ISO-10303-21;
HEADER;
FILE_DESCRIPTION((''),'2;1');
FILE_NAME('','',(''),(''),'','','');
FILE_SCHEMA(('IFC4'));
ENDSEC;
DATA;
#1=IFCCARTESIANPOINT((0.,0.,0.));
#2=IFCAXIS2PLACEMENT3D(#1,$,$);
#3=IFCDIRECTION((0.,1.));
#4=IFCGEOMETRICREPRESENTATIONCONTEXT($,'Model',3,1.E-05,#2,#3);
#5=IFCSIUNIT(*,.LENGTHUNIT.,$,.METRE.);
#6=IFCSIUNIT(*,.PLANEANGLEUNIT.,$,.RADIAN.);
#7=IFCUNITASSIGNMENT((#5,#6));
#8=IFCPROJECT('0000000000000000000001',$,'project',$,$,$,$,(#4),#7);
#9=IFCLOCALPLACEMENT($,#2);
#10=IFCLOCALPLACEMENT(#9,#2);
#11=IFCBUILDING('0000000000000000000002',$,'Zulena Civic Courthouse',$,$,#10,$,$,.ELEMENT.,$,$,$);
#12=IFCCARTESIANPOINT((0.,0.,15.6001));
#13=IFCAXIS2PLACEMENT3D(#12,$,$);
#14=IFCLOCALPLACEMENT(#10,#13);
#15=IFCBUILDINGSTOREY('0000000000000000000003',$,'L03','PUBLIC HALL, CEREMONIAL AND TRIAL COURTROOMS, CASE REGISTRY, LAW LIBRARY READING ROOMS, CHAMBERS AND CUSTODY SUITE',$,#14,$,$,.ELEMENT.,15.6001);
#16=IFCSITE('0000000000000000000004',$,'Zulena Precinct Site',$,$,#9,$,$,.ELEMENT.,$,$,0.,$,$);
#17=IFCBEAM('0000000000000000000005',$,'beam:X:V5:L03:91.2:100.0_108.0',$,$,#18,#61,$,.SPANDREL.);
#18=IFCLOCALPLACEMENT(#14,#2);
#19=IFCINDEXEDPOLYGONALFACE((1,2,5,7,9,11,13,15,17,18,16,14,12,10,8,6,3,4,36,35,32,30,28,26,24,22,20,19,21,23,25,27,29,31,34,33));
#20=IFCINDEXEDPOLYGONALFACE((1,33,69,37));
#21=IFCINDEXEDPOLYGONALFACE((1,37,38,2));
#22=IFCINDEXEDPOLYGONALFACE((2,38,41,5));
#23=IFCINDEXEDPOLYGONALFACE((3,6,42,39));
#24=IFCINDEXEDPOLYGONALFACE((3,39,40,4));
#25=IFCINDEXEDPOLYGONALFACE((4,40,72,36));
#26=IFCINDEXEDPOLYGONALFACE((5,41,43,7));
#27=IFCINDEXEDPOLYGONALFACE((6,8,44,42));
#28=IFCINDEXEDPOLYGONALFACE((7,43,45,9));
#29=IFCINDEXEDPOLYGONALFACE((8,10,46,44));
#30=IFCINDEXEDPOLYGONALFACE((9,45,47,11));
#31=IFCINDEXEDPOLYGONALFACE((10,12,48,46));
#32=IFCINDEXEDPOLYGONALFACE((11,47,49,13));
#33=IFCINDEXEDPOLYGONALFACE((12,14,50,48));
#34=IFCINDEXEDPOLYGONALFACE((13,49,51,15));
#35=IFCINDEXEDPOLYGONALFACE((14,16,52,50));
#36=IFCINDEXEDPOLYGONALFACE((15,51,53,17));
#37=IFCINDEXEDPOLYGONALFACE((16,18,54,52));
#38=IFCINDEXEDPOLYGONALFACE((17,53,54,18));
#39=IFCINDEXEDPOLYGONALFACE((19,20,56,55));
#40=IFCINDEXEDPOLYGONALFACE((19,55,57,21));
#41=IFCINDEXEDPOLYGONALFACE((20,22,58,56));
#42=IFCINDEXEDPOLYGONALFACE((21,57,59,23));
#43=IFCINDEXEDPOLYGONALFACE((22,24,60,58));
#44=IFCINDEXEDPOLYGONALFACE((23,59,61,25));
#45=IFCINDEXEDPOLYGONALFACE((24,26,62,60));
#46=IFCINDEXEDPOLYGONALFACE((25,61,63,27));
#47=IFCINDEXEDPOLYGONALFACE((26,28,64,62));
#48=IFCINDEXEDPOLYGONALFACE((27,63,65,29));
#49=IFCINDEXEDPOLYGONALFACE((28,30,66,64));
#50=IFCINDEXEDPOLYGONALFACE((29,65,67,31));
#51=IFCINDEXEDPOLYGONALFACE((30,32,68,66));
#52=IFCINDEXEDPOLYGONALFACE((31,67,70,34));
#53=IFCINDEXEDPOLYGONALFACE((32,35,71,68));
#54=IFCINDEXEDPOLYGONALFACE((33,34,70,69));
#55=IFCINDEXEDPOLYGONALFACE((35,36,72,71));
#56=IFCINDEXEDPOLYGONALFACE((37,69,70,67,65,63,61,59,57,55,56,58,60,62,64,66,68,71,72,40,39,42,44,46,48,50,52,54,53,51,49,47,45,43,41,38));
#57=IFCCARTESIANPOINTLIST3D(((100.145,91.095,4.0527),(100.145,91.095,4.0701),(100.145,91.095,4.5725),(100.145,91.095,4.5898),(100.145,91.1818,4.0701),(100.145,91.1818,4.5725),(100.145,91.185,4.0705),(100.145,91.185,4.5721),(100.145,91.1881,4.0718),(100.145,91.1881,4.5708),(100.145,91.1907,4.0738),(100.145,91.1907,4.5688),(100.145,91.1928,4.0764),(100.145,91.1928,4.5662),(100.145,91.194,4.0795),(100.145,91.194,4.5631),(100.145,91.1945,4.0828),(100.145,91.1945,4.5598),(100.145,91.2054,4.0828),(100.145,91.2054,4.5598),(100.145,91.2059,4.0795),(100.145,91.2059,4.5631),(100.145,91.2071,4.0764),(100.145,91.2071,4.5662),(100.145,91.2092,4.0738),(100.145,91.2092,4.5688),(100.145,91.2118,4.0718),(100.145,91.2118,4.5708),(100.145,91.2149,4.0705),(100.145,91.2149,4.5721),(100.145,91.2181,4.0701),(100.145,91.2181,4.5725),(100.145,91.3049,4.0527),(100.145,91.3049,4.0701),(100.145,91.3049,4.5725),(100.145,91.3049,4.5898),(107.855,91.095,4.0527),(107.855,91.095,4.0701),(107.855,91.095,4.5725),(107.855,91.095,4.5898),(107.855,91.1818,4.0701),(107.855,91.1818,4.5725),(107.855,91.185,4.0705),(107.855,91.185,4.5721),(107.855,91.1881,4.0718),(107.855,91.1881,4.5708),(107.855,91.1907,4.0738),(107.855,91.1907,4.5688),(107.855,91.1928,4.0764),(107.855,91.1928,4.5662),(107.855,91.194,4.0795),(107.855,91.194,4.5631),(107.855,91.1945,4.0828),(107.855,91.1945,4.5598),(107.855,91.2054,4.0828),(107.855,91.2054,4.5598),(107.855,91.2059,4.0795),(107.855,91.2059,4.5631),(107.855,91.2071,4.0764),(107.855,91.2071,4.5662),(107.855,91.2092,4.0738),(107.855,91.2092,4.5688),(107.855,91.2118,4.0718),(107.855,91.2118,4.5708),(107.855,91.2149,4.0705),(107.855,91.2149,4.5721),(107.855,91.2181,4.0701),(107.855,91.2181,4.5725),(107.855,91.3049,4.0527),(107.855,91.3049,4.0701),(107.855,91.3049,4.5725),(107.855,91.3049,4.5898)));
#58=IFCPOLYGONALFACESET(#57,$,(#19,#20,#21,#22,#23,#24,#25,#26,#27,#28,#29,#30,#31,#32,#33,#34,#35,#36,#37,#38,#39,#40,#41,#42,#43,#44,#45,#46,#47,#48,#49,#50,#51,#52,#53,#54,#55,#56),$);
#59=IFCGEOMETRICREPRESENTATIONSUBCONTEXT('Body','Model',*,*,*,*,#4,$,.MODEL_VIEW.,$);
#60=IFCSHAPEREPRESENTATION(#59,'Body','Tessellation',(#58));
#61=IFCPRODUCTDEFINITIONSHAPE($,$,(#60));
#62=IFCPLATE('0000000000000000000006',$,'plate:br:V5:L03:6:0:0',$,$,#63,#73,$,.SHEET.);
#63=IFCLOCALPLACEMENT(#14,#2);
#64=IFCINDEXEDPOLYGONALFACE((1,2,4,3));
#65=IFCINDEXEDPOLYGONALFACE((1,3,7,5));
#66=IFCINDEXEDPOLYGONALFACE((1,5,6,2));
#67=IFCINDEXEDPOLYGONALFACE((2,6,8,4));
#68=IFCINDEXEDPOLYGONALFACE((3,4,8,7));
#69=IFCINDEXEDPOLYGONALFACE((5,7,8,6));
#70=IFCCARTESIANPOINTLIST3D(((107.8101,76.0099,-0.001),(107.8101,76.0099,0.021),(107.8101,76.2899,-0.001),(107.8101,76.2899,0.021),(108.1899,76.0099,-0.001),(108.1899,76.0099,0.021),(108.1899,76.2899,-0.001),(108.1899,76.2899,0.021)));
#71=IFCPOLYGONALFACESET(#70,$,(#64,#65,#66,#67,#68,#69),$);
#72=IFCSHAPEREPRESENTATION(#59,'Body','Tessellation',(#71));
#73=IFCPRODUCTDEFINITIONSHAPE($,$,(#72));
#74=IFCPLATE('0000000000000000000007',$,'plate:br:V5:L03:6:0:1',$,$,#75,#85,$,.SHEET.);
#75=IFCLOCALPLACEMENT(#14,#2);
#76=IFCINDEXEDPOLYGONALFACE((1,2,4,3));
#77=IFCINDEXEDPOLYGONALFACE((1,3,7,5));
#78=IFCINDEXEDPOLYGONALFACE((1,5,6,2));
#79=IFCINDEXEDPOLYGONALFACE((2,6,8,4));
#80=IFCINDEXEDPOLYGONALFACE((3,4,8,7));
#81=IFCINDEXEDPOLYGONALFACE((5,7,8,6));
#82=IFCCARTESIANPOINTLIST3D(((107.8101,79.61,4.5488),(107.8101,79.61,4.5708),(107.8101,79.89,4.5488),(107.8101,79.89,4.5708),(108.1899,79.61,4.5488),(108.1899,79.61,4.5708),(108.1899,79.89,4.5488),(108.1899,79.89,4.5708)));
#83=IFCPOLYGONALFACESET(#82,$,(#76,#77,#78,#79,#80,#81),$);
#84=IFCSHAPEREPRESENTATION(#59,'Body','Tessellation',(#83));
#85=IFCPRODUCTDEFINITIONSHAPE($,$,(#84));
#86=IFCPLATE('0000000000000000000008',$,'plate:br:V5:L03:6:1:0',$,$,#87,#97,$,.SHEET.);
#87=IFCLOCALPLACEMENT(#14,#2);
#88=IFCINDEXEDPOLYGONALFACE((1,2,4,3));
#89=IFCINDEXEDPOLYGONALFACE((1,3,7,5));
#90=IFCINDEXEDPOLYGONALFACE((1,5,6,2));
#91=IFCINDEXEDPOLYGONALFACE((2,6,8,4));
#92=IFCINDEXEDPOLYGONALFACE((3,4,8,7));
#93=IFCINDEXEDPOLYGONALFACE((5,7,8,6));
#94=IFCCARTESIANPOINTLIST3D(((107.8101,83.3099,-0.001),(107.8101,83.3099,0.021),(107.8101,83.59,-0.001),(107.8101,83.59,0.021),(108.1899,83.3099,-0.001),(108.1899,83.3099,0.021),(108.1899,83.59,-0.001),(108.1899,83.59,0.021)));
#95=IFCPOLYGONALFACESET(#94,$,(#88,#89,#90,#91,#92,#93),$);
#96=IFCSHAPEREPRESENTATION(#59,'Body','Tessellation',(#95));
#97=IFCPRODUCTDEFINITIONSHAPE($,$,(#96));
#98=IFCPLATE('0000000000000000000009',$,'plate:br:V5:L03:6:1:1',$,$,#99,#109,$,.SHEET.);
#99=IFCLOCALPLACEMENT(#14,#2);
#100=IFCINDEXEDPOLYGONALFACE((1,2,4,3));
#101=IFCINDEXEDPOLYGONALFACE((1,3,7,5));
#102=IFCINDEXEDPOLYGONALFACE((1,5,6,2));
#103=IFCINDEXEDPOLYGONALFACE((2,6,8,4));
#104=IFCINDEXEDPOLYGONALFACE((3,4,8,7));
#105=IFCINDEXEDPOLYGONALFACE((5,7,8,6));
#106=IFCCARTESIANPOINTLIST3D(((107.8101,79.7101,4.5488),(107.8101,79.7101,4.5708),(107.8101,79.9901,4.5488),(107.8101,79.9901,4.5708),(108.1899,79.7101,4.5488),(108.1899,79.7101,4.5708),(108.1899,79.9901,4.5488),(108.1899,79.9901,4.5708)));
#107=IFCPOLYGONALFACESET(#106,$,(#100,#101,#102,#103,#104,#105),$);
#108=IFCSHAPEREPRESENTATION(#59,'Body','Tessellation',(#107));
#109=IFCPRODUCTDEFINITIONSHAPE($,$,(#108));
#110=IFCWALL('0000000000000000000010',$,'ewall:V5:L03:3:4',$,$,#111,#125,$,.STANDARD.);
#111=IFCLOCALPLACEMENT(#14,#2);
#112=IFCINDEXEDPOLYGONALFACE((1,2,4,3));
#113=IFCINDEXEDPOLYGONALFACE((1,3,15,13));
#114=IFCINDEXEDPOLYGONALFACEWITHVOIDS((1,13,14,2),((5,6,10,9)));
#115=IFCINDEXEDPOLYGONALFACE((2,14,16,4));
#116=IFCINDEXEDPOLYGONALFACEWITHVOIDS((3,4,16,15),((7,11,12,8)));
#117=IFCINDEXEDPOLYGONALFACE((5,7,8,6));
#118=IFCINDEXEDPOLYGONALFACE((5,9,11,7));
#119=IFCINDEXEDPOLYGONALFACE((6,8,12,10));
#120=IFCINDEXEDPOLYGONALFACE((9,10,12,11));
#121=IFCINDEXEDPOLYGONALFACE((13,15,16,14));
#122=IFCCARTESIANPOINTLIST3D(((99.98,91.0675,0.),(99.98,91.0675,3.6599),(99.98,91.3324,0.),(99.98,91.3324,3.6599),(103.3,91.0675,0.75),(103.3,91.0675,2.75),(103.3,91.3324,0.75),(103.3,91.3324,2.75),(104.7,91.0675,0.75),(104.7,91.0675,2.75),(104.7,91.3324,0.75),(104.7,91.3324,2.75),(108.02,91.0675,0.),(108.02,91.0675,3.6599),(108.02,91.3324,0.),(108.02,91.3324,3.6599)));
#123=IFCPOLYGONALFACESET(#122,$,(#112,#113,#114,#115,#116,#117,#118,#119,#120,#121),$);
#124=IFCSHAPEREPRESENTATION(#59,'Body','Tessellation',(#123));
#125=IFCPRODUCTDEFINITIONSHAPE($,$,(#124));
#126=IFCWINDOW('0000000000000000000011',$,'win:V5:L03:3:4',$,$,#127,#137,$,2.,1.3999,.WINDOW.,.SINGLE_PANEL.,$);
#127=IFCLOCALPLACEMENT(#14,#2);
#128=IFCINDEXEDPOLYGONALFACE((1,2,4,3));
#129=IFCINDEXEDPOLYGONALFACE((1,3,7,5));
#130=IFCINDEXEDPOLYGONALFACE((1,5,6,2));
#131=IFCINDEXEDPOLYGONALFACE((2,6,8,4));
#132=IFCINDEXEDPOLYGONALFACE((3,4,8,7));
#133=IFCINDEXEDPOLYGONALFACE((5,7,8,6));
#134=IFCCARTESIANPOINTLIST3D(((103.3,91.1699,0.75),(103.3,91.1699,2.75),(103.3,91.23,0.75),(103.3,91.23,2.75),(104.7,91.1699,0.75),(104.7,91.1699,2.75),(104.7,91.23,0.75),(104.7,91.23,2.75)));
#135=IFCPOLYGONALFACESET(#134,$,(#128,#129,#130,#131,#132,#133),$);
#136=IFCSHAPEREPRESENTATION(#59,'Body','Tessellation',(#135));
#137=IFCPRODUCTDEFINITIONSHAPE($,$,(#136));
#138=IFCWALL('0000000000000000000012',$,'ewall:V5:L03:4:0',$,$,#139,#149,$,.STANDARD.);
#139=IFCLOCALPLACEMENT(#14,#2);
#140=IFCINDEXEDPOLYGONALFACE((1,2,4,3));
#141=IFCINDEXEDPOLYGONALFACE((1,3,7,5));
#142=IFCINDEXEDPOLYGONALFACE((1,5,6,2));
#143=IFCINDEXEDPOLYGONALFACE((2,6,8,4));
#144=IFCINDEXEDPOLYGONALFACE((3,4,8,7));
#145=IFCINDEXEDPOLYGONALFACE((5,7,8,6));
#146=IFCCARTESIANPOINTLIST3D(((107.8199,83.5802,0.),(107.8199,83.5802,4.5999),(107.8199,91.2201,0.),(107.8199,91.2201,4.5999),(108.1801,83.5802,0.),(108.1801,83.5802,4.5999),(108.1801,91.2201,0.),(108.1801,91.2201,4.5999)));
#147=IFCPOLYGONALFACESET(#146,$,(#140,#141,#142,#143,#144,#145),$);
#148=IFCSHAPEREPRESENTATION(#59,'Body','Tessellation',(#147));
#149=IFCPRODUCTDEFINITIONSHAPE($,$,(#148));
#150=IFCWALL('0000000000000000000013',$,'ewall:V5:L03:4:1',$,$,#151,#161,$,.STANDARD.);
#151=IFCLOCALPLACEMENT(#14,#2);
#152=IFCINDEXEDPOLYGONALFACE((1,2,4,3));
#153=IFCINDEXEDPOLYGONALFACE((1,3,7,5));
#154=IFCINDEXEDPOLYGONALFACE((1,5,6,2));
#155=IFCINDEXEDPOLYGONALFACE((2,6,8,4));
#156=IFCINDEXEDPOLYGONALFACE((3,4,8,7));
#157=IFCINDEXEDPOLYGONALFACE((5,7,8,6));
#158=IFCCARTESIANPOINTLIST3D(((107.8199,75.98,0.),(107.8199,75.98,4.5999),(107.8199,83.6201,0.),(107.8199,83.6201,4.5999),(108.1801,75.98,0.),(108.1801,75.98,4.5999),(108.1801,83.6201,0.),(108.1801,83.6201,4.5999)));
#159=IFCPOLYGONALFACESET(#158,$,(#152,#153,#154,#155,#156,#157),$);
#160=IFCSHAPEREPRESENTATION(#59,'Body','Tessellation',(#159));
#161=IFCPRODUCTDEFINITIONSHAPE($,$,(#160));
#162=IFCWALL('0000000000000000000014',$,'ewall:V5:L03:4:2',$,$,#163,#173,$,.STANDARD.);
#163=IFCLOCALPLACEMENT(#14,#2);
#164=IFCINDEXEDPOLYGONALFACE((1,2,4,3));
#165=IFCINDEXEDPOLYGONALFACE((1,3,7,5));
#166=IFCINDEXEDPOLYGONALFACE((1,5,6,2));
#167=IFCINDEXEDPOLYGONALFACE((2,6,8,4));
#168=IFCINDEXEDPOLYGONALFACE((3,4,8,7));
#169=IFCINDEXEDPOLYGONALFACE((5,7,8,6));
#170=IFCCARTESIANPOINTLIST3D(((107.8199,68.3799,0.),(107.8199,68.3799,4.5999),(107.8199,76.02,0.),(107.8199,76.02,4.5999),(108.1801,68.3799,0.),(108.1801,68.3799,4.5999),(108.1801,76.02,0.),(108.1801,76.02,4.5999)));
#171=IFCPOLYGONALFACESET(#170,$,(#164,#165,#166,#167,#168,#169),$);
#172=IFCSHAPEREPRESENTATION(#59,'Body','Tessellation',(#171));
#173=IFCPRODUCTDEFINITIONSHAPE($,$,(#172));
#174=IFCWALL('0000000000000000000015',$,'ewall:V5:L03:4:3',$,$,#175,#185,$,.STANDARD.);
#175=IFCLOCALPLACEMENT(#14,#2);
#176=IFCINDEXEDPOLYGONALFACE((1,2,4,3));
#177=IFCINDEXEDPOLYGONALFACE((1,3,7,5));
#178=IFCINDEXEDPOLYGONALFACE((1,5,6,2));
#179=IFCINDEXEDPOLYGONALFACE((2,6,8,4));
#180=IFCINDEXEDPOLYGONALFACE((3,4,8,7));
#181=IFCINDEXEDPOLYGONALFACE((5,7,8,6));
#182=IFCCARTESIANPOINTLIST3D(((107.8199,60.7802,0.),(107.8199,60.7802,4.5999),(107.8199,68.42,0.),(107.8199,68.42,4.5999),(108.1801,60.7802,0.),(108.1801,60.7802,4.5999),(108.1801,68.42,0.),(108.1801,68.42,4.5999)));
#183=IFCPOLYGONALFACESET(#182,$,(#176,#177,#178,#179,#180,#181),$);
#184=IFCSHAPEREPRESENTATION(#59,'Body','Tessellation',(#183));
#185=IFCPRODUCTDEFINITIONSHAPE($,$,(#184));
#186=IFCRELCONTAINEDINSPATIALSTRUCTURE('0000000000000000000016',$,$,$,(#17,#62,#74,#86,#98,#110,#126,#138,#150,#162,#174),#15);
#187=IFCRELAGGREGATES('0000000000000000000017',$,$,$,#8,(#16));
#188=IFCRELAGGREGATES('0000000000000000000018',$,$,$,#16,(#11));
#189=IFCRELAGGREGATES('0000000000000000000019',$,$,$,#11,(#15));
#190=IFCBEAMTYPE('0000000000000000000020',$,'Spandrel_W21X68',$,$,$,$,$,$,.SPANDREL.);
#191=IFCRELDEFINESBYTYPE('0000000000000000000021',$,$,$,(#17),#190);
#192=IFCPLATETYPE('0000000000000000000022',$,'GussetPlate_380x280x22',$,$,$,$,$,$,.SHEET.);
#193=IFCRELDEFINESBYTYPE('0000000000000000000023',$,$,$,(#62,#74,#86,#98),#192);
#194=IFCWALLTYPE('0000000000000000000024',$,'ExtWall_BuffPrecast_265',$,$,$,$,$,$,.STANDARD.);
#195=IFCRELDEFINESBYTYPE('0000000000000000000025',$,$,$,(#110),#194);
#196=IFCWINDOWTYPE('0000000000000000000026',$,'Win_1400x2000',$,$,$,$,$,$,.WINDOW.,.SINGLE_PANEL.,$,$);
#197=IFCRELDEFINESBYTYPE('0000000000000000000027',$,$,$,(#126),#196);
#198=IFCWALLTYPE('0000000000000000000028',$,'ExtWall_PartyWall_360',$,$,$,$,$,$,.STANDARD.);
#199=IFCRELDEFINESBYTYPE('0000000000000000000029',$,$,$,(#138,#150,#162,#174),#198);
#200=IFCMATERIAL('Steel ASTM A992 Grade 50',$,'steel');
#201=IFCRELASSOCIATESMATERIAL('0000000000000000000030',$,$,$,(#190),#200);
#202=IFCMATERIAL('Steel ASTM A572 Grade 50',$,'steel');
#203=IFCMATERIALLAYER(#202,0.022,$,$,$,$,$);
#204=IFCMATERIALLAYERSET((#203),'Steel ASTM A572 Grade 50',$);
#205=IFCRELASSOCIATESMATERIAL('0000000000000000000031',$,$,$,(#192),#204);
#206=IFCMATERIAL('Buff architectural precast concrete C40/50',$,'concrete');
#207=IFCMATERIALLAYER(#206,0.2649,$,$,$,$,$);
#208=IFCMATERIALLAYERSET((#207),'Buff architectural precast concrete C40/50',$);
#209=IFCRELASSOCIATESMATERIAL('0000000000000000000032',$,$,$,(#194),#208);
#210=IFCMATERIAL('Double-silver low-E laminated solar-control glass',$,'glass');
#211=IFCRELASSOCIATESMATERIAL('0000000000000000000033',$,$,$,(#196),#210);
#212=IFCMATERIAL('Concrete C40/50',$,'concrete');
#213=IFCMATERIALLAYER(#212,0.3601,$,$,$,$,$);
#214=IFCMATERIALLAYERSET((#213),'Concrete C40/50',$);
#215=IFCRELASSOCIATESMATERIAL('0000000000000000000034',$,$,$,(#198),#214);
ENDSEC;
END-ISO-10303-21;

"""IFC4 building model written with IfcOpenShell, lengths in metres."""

from ifc_helpers import new_model, si_unit, direction, frame, frame_2d, origin, origin_2d, place, context, subcontext, project, spatial, rectangle, i_section, extrude, material, layer, layer_set, material_profile, profile_set, type_object, element, fill, save


model = new_model("IFC4")

# Units and contexts
model_context = context("Model", 3, precision=1e-05, world=origin(), true_north=direction((0.0, 1.0)))
body_context = subcontext(model_context, "Body", "Model", "MODEL_VIEW")
ifc_project = project(units=[si_unit("LENGTHUNIT", "METRE"), si_unit("PLANEANGLEUNIT", "RADIAN")], contexts=[model_context])

# Site, building, storey
site_placement = place(None, origin())
site = spatial("IfcSite", under=ifc_project, at=site_placement, Name="Zulena Precinct Site", CompositionType="ELEMENT", RefElevation=0.0)
building_placement = place(site_placement, origin())
building = spatial("IfcBuilding", under=site, at=building_placement, Name="Zulena Civic Courthouse", CompositionType="ELEMENT")
storey_placement = place(building_placement, frame((0.0, 0.0, 15.6001)))
storey = spatial("IfcBuildingStorey", under=building, at=storey_placement, Name="L03", Description="PUBLIC HALL, CEREMONIAL AND TRIAL COURTROOMS, CASE REGISTRY, LAW LIBRARY READING ROOMS, CHAMBERS AND CUSTODY SUITE", CompositionType="ELEMENT", Elevation=15.6001)

# Shared definitions
ifc_material_1 = material(Name="Steel ASTM A992 Grade 50", Category="steel")

# Beam
ifc_material_profile_1 = material_profile(ifc_material_1, i_section(OverallWidth=0.21, OverallDepth=0.5371, WebThickness=0.011, FlangeThickness=0.0173, FilletRadius=0.0127, at=origin_2d()), Name="W21X68")
ifc_profile_set_1 = profile_set([ifc_material_profile_1], Name="Steel ASTM A992 Grade 50")
beam_type_1 = type_object("IfcBeamType", Name="Spandrel_W21X68", PredefinedType="SPANDREL", material=ifc_profile_set_1)
for number, where, z_axis, x_axis, name in (
    (1, (100.145, 91.2, 4.3213), (1.0, 0.0, 0.0), (0.0, 1.0, 0.0), "beam:X:V5:L03:91.2:100.0_108.0"),
):
    element("IfcBeam", number, at=place(storey_placement, frame(where, z_axis=z_axis, x_axis=x_axis)), inside=storey, type_object=beam_type_1, Name=name, PredefinedType="SPANDREL", context=body_context, shape_type="SweptSolid", body=[
        extrude(i_section(OverallWidth=0.21, OverallDepth=0.5371, WebThickness=0.011, FlangeThickness=0.0173, FilletRadius=0.0127, at=origin_2d()), origin(), (0.0, 0.0, 1.0), 7.71),
    ])

# Plates
ifc_material_2 = material(Name="Steel ASTM A572 Grade 50", Category="steel")
ifc_layer_1 = layer(ifc_material_2, 0.022)
ifc_layer_set_1 = layer_set([ifc_layer_1], Name="Steel ASTM A572 Grade 50")
plate_type = type_object("IfcPlateType", Name="GussetPlate_380x280x22", PredefinedType="SHEET", material=ifc_layer_set_1)
for number, where, z_axis, x_axis, name in (
    (2, (108.0, 76.1499, -0.001), (0.0, 0.0, 1.0), (1.0, 0.0, 0.0), "plate:br:V5:L03:6:0:0"),
    (3, (108.0, 79.75, 4.5488), (0.0, 0.0, 1.0), (1.0, 0.0, 0.0), "plate:br:V5:L03:6:0:1"),
    (4, (108.0, 83.45, -0.001), (0.0, 0.0, 1.0), (1.0, 0.0, 0.0), "plate:br:V5:L03:6:1:0"),
    (5, (108.0, 79.8501, 4.5488), (0.0, 0.0, 1.0), (1.0, 0.0, 0.0), "plate:br:V5:L03:6:1:1"),
):
    element("IfcPlate", number, at=place(storey_placement, frame(where, z_axis=z_axis, x_axis=x_axis)), inside=storey, type_object=plate_type, Name=name, PredefinedType="SHEET", context=body_context, shape_type="SweptSolid", body=[
        extrude(rectangle(XDim=0.3799, YDim=0.28, at=origin_2d()), origin(), (0.0, 0.0, 1.0), 0.022),
    ])

# Wall, opening, window
ifc_material_3 = material(Name="Buff architectural precast concrete C40/50", Category="concrete")
ifc_layer_2 = layer(ifc_material_3, 0.2649)
ifc_layer_set_2 = layer_set([ifc_layer_2], Name="Buff architectural precast concrete C40/50")
wall_type_1 = type_object("IfcWallType", Name="ExtWall_BuffPrecast_265", PredefinedType="STANDARD", material=ifc_layer_set_2)
wall_1_placement = place(storey_placement, frame((99.98, 91.2, 0.0), z_axis=(0.0, 0.0, 1.0), x_axis=(1.0, 0.0, 0.0)))
wall_1 = element("IfcWall", 6, at=wall_1_placement, inside=storey, type_object=wall_type_1, Name="ewall:V5:L03:3:4", PredefinedType="STANDARD", context=body_context, shape_type="SweptSolid", body=[
    extrude(rectangle(XDim=8.04, YDim=0.2649, at=frame_2d((4.02, 0.0))), origin(), (0.0, 0.0, 1.0), 3.6599),
])
opening_placement = place(wall_1_placement, frame((3.3201, 0.0, 0.75)))
opening = element("IfcOpeningElement", 7, at=opening_placement, cuts=wall_1, PredefinedType="OPENING", context=body_context, shape_type="SweptSolid", body=[
    extrude(rectangle(XDim=1.3999, YDim=2.0, at=frame_2d((0.7, 1.0))), frame((0.0, 0.1423, 0.0), z_axis=(0.0, -1.0, 0.0), x_axis=(1.0, 0.0, 0.0)), (0.0, 0.0, 1.0), 0.2849),
])
ifc_material_4 = material(Name="Double-silver low-E laminated solar-control glass", Category="glass")
window_type = type_object("IfcWindowType", Name="Win_1400x2000", PartitioningType="SINGLE_PANEL", PredefinedType="WINDOW", material=ifc_material_4)
window_placement = place(opening_placement, origin())
window = element("IfcWindow", 8, at=window_placement, inside=storey, type_object=window_type, Name="win:V5:L03:3:4", OverallHeight=2.0, OverallWidth=1.3999, PartitioningType="SINGLE_PANEL", PredefinedType="WINDOW", context=body_context, shape_type="SweptSolid", body=[
    extrude(rectangle(XDim=1.3999, YDim=2.0, at=frame_2d((0.7, 1.0))), frame((0.0, 0.03, 0.0), z_axis=(0.0, -1.0, 0.0), x_axis=(1.0, 0.0, 0.0)), (0.0, 0.0, 1.0), 0.0601),
])
fill(opening, window)

# Walls
ifc_material_5 = material(Name="Concrete C40/50", Category="concrete")
ifc_layer_3 = layer(ifc_material_5, 0.3601)
ifc_layer_set_3 = layer_set([ifc_layer_3], Name="Concrete C40/50")
wall_type_2 = type_object("IfcWallType", Name="ExtWall_PartyWall_360", PredefinedType="STANDARD", material=ifc_layer_set_3)
wall_2_placement = place(storey_placement, frame((108.0, 91.22, 0.0), z_axis=(0.0, 0.0, 1.0), x_axis=(0.0, -1.0, 0.0)))
element("IfcWall", 9, at=wall_2_placement, inside=storey, type_object=wall_type_2, Name="ewall:V5:L03:4:0", PredefinedType="STANDARD", context=body_context, shape_type="SweptSolid", body=[
    extrude(rectangle(XDim=7.6399, YDim=0.3601, at=frame_2d((3.8198, 0.0))), origin(), (0.0, 0.0, 1.0), 4.5999),
])
for number, where, z_axis, x_axis, name in (
    (10, (108.0, 83.6201, 0.0), (0.0, 0.0, 1.0), (0.0, -1.0, 0.0), "ewall:V5:L03:4:1"),
    (11, (108.0, 76.02, 0.0), (0.0, 0.0, 1.0), (0.0, -1.0, 0.0), "ewall:V5:L03:4:2"),
):
    element("IfcWall", number, at=place(storey_placement, frame(where, z_axis=z_axis, x_axis=x_axis)), inside=storey, type_object=wall_type_2, Name=name, PredefinedType="STANDARD", context=body_context, shape_type="SweptSolid", body=[
        extrude(rectangle(XDim=7.6401, YDim=0.3601, at=frame_2d((3.8201, 0.0))), origin(), (0.0, 0.0, 1.0), 4.5999),
    ])
wall_3_placement = place(storey_placement, frame((108.0, 68.4199, 0.0), z_axis=(0.0, 0.0, 1.0), x_axis=(0.0, -1.0, 0.0)))
element("IfcWall", 12, at=wall_3_placement, inside=storey, type_object=wall_type_2, Name="ewall:V5:L03:4:3", PredefinedType="STANDARD", context=body_context, shape_type="SweptSolid", body=[
    extrude(rectangle(XDim=7.6399, YDim=0.3601, at=frame_2d((3.8198, 0.0))), origin(), (0.0, 0.0, 1.0), 4.5999),
])

save(model, "model.ifc")
